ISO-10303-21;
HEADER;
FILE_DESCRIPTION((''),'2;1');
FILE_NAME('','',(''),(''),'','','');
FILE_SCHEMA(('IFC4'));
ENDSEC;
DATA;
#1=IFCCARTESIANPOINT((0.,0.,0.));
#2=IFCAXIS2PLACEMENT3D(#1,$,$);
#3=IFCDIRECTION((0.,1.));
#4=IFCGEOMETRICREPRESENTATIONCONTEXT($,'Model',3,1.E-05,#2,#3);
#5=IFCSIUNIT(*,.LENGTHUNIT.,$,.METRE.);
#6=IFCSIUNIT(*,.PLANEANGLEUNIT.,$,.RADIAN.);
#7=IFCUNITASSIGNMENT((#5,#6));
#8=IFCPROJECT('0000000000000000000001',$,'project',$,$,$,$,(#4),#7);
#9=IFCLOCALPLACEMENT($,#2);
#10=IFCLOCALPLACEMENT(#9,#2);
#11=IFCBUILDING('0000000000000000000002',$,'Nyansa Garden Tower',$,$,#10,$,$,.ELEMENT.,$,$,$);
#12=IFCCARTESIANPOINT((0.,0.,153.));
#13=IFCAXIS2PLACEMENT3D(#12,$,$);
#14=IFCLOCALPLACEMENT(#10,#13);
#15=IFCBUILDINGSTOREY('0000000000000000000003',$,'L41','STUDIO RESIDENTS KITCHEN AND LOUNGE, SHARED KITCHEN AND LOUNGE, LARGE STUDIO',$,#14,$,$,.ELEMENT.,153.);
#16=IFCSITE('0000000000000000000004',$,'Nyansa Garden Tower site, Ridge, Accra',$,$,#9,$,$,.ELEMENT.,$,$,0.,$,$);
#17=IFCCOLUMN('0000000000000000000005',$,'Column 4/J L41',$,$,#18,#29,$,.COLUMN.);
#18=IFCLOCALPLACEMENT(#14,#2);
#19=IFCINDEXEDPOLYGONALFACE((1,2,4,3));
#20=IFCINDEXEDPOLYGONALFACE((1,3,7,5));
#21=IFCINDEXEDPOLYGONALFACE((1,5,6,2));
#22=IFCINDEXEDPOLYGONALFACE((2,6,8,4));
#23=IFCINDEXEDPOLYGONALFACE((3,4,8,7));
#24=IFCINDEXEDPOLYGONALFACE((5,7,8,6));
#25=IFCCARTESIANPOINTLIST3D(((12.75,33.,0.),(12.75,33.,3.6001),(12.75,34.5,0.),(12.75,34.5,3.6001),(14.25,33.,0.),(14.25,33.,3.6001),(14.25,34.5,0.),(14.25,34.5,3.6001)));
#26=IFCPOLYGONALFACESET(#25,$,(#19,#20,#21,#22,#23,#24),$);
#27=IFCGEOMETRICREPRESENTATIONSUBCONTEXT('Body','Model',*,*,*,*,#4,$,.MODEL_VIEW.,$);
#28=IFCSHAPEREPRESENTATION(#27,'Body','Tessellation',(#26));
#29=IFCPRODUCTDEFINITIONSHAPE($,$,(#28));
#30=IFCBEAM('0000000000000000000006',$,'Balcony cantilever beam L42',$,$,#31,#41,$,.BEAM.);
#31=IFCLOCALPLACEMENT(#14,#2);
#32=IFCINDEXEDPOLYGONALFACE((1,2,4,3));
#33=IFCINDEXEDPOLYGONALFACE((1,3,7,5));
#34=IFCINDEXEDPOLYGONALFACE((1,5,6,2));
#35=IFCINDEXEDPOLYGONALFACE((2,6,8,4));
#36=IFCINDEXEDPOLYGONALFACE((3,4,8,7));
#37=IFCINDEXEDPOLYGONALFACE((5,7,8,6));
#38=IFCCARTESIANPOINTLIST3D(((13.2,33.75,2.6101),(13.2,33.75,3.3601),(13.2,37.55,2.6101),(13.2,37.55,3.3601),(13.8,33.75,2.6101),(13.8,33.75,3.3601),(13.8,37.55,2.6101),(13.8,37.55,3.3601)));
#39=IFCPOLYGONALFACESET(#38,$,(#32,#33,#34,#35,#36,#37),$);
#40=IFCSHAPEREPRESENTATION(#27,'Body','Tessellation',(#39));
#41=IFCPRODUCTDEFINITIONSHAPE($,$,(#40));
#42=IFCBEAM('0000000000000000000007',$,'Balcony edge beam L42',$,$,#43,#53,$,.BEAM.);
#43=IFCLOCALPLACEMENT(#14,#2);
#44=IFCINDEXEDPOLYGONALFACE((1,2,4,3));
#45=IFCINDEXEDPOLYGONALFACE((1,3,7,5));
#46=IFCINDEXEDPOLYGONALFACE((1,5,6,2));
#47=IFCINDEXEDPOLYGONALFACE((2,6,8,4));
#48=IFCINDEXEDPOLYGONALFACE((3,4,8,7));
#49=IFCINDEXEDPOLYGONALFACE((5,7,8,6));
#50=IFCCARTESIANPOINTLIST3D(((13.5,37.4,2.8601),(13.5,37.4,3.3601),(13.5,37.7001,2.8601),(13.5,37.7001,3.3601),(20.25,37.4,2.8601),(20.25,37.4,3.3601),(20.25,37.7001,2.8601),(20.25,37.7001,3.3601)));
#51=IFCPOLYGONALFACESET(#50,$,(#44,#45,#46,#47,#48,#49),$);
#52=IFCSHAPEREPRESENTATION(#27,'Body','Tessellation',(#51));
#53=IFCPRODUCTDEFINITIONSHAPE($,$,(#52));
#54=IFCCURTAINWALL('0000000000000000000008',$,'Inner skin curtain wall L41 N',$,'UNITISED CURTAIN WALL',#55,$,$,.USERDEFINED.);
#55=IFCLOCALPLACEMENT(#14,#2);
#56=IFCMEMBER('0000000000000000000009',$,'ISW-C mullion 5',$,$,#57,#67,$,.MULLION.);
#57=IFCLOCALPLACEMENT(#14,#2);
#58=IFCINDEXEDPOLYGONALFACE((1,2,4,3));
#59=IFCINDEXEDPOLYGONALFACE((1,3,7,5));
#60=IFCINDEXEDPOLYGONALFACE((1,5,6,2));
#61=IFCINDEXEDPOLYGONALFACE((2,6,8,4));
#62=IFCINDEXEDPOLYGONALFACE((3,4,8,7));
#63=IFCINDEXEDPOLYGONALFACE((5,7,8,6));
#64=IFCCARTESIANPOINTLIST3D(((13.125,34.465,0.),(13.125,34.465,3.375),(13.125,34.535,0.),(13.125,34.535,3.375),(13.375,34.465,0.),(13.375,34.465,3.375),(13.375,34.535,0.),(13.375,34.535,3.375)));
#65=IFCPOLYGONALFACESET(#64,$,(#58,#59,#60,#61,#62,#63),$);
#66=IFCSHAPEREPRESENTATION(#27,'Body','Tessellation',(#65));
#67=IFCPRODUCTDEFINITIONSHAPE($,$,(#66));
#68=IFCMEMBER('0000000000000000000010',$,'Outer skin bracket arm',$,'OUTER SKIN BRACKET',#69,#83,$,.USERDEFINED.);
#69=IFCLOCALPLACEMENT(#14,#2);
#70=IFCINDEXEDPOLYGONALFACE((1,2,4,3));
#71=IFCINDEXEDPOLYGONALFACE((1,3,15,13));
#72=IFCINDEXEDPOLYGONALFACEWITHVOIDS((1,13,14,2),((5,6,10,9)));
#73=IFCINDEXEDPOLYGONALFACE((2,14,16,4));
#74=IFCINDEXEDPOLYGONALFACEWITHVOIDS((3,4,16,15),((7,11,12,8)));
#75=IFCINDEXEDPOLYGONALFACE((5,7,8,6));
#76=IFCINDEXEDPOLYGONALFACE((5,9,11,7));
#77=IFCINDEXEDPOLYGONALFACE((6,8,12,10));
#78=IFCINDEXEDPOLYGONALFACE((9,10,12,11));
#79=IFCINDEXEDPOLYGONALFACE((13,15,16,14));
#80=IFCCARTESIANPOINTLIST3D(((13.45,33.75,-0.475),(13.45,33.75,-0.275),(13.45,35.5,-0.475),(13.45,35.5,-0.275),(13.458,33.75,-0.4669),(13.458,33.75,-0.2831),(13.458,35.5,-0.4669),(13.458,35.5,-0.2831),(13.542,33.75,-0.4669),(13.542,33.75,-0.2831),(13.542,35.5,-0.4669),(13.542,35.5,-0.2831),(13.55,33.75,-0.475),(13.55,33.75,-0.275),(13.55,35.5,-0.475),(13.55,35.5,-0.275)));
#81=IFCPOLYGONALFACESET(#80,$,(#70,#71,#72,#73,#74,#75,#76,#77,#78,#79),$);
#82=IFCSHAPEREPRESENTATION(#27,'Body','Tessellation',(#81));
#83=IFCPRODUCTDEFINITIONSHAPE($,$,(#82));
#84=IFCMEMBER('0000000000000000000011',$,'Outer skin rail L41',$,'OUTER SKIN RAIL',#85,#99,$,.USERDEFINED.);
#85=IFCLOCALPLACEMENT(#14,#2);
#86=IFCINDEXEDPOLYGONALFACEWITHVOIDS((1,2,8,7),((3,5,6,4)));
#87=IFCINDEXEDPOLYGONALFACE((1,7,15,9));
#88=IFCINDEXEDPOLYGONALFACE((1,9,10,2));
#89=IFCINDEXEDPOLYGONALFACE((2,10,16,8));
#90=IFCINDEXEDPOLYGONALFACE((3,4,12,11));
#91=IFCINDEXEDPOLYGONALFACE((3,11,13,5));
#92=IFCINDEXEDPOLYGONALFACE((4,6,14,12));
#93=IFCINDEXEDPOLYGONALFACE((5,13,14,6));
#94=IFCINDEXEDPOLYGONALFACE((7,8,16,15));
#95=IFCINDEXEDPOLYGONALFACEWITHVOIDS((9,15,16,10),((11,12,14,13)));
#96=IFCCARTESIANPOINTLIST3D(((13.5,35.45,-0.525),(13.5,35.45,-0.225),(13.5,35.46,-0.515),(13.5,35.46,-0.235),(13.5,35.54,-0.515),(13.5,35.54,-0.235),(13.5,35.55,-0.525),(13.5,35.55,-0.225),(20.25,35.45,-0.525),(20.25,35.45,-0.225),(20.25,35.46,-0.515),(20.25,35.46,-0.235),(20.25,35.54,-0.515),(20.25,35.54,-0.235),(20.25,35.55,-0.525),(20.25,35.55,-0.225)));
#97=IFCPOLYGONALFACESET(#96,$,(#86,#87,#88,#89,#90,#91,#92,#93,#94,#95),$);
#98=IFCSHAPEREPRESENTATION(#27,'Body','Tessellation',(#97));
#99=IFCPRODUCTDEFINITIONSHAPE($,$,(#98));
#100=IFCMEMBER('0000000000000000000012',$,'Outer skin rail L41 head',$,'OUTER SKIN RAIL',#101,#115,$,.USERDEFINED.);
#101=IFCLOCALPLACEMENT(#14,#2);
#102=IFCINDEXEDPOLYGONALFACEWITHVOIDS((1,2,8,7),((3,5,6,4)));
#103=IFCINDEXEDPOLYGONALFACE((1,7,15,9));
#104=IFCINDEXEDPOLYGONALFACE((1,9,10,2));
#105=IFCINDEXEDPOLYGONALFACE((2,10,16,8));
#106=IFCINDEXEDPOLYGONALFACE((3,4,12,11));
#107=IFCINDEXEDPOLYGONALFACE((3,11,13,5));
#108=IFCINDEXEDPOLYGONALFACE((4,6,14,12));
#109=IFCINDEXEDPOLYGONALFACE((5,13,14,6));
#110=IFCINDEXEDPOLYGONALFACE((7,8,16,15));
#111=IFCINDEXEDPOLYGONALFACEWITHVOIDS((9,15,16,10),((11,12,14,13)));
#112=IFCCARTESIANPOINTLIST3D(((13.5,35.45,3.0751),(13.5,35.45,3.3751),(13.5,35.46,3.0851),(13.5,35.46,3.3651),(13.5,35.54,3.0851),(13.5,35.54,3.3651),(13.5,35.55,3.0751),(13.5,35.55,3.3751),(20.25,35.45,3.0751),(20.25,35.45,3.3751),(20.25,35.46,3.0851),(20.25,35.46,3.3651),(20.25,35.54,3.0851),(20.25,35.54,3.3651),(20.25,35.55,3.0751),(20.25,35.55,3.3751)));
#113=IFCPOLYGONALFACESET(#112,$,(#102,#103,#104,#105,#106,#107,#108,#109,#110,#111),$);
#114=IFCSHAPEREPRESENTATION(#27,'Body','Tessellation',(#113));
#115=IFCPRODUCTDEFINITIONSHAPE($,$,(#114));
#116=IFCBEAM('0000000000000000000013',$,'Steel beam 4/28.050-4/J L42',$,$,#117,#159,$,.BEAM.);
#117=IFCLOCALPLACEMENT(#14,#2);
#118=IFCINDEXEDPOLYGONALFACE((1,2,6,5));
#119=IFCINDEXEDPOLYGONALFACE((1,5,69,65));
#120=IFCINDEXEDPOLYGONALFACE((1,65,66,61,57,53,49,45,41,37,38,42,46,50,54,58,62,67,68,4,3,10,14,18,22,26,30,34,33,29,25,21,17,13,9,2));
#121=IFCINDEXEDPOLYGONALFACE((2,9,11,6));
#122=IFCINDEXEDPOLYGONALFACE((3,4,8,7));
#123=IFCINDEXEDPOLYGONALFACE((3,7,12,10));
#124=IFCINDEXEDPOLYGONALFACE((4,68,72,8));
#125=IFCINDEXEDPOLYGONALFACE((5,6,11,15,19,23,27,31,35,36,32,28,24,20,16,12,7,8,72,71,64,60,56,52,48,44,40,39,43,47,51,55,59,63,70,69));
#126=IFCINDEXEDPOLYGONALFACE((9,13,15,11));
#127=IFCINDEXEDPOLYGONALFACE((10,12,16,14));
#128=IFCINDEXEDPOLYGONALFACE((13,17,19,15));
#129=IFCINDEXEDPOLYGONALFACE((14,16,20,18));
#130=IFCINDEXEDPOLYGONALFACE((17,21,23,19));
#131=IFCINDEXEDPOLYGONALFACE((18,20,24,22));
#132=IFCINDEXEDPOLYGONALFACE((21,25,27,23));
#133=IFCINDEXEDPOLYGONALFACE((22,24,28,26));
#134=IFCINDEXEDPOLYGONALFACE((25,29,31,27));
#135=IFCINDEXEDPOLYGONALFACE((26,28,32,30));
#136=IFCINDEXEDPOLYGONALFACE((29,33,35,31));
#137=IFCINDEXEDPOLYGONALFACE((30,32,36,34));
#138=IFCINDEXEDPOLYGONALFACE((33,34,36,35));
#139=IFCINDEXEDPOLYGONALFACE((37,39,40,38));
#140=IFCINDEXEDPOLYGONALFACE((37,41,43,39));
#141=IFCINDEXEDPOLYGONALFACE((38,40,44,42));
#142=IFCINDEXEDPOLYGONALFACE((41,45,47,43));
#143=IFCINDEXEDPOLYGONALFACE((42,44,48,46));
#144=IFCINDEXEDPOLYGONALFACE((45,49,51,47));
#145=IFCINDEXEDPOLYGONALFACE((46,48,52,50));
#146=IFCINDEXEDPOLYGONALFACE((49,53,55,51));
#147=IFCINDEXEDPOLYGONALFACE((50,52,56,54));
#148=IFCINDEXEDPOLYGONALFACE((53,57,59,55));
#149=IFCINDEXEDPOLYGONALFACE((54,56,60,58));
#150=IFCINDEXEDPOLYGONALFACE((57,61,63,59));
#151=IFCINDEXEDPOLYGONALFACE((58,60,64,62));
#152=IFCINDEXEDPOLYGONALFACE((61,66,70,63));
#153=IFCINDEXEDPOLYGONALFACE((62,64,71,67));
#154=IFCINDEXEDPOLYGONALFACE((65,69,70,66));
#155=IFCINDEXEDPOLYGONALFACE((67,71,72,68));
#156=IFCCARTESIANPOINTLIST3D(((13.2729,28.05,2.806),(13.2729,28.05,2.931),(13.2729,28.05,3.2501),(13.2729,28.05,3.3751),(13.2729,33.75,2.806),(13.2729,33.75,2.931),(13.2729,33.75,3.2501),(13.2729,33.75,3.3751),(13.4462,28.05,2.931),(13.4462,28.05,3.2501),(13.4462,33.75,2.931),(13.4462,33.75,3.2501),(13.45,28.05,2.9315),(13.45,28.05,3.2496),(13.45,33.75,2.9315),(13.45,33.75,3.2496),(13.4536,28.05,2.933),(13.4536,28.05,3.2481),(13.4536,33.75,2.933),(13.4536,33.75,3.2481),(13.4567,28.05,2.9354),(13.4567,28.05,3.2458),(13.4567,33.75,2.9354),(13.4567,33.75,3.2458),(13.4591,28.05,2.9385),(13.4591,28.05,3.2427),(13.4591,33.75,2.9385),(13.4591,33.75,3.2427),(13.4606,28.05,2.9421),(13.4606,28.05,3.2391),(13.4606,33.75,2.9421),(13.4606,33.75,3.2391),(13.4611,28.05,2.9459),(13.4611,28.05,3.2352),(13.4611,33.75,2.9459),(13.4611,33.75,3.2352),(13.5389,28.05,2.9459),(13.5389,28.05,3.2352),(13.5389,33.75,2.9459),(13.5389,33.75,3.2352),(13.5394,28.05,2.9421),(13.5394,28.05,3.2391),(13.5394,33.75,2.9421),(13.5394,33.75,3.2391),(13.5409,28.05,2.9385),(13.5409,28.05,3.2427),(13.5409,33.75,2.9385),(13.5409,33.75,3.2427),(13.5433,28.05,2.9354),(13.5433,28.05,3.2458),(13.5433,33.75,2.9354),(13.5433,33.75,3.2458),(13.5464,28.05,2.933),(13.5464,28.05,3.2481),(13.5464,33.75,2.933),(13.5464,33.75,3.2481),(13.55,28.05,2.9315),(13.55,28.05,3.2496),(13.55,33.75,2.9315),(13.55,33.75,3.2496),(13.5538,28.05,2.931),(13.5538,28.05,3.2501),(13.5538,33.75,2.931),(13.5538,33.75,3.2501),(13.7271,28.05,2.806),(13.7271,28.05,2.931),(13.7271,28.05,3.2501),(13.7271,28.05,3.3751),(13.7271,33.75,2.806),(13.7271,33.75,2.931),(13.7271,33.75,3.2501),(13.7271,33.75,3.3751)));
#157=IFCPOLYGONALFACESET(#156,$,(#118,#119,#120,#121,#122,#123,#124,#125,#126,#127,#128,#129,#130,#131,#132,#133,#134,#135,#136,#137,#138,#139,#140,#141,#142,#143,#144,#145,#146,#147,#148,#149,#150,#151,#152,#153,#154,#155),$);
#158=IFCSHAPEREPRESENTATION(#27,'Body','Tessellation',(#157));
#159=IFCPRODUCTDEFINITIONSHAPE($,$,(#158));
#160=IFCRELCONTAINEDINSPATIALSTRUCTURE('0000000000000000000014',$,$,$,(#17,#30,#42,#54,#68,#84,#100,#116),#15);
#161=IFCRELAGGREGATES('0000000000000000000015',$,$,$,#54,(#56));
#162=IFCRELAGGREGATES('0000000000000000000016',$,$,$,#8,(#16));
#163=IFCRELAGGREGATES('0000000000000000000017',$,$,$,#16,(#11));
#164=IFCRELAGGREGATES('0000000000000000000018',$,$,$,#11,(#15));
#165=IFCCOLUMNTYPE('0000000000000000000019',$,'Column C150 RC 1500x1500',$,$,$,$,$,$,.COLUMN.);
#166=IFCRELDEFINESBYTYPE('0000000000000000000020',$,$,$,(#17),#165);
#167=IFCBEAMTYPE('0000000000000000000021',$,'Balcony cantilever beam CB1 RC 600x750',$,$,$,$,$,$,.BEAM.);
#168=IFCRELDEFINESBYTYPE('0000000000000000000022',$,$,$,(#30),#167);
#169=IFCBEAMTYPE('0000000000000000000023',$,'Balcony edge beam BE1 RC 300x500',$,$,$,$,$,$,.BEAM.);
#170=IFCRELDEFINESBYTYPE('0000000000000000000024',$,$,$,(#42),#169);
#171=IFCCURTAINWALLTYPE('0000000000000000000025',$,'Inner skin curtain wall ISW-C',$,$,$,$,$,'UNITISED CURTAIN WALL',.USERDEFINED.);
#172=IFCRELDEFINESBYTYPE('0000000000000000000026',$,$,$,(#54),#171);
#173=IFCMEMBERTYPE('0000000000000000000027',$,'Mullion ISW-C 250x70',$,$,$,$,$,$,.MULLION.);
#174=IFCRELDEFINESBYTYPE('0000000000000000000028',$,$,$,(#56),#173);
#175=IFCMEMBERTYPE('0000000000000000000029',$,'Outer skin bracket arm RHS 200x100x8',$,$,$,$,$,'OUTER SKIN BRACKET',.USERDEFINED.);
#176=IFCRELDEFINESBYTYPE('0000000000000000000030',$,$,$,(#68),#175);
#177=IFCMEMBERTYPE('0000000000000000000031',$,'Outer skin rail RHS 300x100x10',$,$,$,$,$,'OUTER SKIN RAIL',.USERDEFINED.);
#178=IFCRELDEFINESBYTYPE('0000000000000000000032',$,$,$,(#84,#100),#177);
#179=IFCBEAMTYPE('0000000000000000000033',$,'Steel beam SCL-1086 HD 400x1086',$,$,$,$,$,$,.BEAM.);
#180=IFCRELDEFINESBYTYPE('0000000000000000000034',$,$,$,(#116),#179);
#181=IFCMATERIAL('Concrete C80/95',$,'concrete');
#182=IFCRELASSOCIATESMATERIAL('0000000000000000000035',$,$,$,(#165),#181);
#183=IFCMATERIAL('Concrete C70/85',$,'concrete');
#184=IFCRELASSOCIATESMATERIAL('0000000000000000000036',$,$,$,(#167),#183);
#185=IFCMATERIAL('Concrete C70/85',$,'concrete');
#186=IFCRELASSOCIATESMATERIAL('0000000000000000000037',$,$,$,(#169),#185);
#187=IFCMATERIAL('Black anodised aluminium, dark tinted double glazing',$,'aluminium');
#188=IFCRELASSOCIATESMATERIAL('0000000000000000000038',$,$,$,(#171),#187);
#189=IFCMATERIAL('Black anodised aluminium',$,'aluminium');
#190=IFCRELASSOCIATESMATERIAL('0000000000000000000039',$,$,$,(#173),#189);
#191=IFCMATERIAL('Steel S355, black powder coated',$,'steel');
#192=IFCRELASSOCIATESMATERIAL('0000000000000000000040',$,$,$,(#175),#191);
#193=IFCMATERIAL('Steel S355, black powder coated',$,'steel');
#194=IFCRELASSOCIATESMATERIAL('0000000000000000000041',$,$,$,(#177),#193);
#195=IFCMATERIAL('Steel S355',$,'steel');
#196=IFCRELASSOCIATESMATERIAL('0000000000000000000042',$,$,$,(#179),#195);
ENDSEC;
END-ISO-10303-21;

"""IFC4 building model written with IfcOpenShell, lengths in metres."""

from ifc_helpers import new_model, si_unit, direction, frame, origin, origin_2d, place, context, subcontext, project, spatial, rectangle, hollow_rectangle, i_section, extrude, material, material_profile, profile_set, type_object, element, aggregate, save


model = new_model("IFC4")

# Units and contexts
model_context = context("Model", 3, precision=1e-05, world=origin(), true_north=direction((0.0, 1.0)))
body_context = subcontext(model_context, "Body", "Model", "MODEL_VIEW")
ifc_project = project(units=[si_unit("LENGTHUNIT", "METRE"), si_unit("PLANEANGLEUNIT", "RADIAN")], contexts=[model_context])

# Site, building, storey
site_placement = place(None, origin())
site = spatial("IfcSite", under=ifc_project, at=site_placement, Name="Nyansa Garden Tower site, Ridge, Accra", CompositionType="ELEMENT", RefElevation=0.0)
building_placement = place(site_placement, origin())
building = spatial("IfcBuilding", under=site, at=building_placement, Name="Nyansa Garden Tower", CompositionType="ELEMENT")
storey_placement = place(building_placement, frame((0.0, 0.0, 153.0)))
storey = spatial("IfcBuildingStorey", under=building, at=storey_placement, Name="L41", Description="STUDIO RESIDENTS KITCHEN AND LOUNGE, SHARED KITCHEN AND LOUNGE, LARGE STUDIO", CompositionType="ELEMENT", Elevation=153.0)

# Column
ifc_material_1 = material(Name="Concrete C80/95", Category="concrete")
ifc_material_profile_1 = material_profile(ifc_material_1, rectangle(XDim=1.5, YDim=1.5, at=origin_2d()), Name="RC 1500x1500")
ifc_profile_set_1 = profile_set([ifc_material_profile_1], Name="Concrete C80/95")
column_type = type_object("IfcColumnType", Name="Column C150 RC 1500x1500", PredefinedType="COLUMN", material=ifc_profile_set_1)
column_placement = place(storey_placement, frame((13.5, 33.75, 0.0), z_axis=(0.0, 0.0, 1.0), x_axis=(1.0, 0.0, 0.0)))
element("IfcColumn", 1, at=column_placement, inside=storey, type_object=column_type, Name="Column 4/J L41", PredefinedType="COLUMN", context=body_context, shape_type="SweptSolid", body=[
    extrude(rectangle(XDim=1.5, YDim=1.5, at=origin_2d()), origin(), (0.0, 0.0, 1.0), 3.6001),
])

# Beams
ifc_material_2 = material(Name="Concrete C70/85", Category="concrete")
ifc_material_profile_2 = material_profile(ifc_material_2, rectangle(XDim=0.6001, YDim=0.75, at=origin_2d()), Name="RC 600x750")
ifc_profile_set_2 = profile_set([ifc_material_profile_2], Name="Concrete C70/85")
beam_type_1 = type_object("IfcBeamType", Name="Balcony cantilever beam CB1 RC 600x750", PredefinedType="BEAM", material=ifc_profile_set_2)
beam_1_placement = place(storey_placement, frame((13.5, 33.75, 2.9851), z_axis=(0.0, 1.0, 0.0), x_axis=(-1.0, 0.0, 0.0)))
element("IfcBeam", 2, at=beam_1_placement, inside=storey, type_object=beam_type_1, Name="Balcony cantilever beam L42", PredefinedType="BEAM", context=body_context, shape_type="SweptSolid", body=[
    extrude(rectangle(XDim=0.6001, YDim=0.75, at=origin_2d()), origin(), (0.0, 0.0, 1.0), 3.8),
])
ifc_material_3 = material(Name="Concrete C70/85", Category="concrete")
ifc_material_profile_3 = material_profile(ifc_material_3, rectangle(XDim=0.3, YDim=0.5, at=origin_2d()), Name="RC 300x500")
ifc_profile_set_3 = profile_set([ifc_material_profile_3], Name="Concrete C70/85")
beam_type_2 = type_object("IfcBeamType", Name="Balcony edge beam BE1 RC 300x500", PredefinedType="BEAM", material=ifc_profile_set_3)
beam_2_placement = place(storey_placement, frame((13.5, 37.55, 3.1101), z_axis=(1.0, 0.0, 0.0), x_axis=(0.0, 1.0, 0.0)))
element("IfcBeam", 3, at=beam_2_placement, inside=storey, type_object=beam_type_2, Name="Balcony edge beam L42", PredefinedType="BEAM", context=body_context, shape_type="SweptSolid", body=[
    extrude(rectangle(XDim=0.3, YDim=0.5, at=origin_2d()), origin(), (0.0, 0.0, 1.0), 6.75),
])

# Curtain wall, member
ifc_material_4 = material(Name="Black anodised aluminium, dark tinted double glazing", Category="aluminium")
curtain_wall_type = type_object("IfcCurtainWallType", Name="Inner skin curtain wall ISW-C", ElementType="UNITISED CURTAIN WALL", PredefinedType="USERDEFINED", material=ifc_material_4)
curtain_wall_placement = place(storey_placement, origin())
curtain_wall = element("IfcCurtainWall", 4, at=curtain_wall_placement, inside=storey, type_object=curtain_wall_type, Name="Inner skin curtain wall L41 N", ObjectType="UNITISED CURTAIN WALL", PredefinedType="USERDEFINED")
ifc_material_5 = material(Name="Black anodised aluminium", Category="aluminium")
ifc_material_profile_4 = material_profile(ifc_material_5, rectangle(XDim=0.0701, YDim=0.25, at=origin_2d()), Name="Mullion 250x70")
ifc_profile_set_4 = profile_set([ifc_material_profile_4], Name="Black anodised aluminium")
member_type_1 = type_object("IfcMemberType", Name="Mullion ISW-C 250x70", PredefinedType="MULLION", material=ifc_profile_set_4)
member_1_placement = place(storey_placement, frame((13.25, 34.5, 0.0), z_axis=(0.0, 0.0, 1.0), x_axis=(0.0, -1.0, 0.0)))
member_1 = element("IfcMember", 5, at=member_1_placement, type_object=member_type_1, Name="ISW-C mullion 5", PredefinedType="MULLION", context=body_context, shape_type="SweptSolid", body=[
    extrude(rectangle(XDim=0.0701, YDim=0.25, at=origin_2d()), origin(), (0.0, 0.0, 1.0), 3.375),
])

# Members
ifc_material_6 = material(Name="Steel S355, black powder coated", Category="steel")
ifc_material_profile_5 = material_profile(ifc_material_6, hollow_rectangle(XDim=0.1001, YDim=0.2, WallThickness=0.0081, at=origin_2d()), Name="RHS 200x100x8")
ifc_profile_set_5 = profile_set([ifc_material_profile_5], Name="Steel S355, black powder coated")
member_type_2 = type_object("IfcMemberType", Name="Outer skin bracket arm RHS 200x100x8", ElementType="OUTER SKIN BRACKET", PredefinedType="USERDEFINED", material=ifc_profile_set_5)
member_2_placement = place(storey_placement, frame((13.5, 33.75, -0.375), z_axis=(0.0, 1.0, 0.0), x_axis=(-1.0, 0.0, 0.0)))
element("IfcMember", 6, at=member_2_placement, inside=storey, type_object=member_type_2, Name="Outer skin bracket arm", ObjectType="OUTER SKIN BRACKET", PredefinedType="USERDEFINED", context=body_context, shape_type="SweptSolid", body=[
    extrude(hollow_rectangle(XDim=0.1001, YDim=0.2, WallThickness=0.0081, at=origin_2d()), origin(), (0.0, 0.0, 1.0), 1.75),
])
ifc_material_7 = material(Name="Steel S355, black powder coated", Category="steel")
ifc_material_profile_6 = material_profile(ifc_material_7, hollow_rectangle(XDim=0.1001, YDim=0.3, WallThickness=0.01, at=origin_2d()), Name="RHS 300x100x10")
ifc_profile_set_6 = profile_set([ifc_material_profile_6], Name="Steel S355, black powder coated")
member_type_3 = type_object("IfcMemberType", Name="Outer skin rail RHS 300x100x10", ElementType="OUTER SKIN RAIL", PredefinedType="USERDEFINED", material=ifc_profile_set_6)
for number, where, z_axis, x_axis, name in (
    (7, (13.5, 35.5, -0.375), (1.0, 0.0, 0.0), (0.0, 1.0, 0.0), "Outer skin rail L41"),
    (8, (13.5, 35.5, 3.2251), (1.0, 0.0, 0.0), (0.0, 1.0, 0.0), "Outer skin rail L41 head"),
):
    element("IfcMember", number, at=place(storey_placement, frame(where, z_axis=z_axis, x_axis=x_axis)), inside=storey, type_object=member_type_3, Name=name, ObjectType="OUTER SKIN RAIL", PredefinedType="USERDEFINED", context=body_context, shape_type="SweptSolid", body=[
        extrude(hollow_rectangle(XDim=0.1001, YDim=0.3, WallThickness=0.01, at=origin_2d()), origin(), (0.0, 0.0, 1.0), 6.75),
    ])

# Beam
ifc_material_8 = material(Name="Steel S355", Category="steel")
ifc_material_profile_7 = material_profile(ifc_material_8, i_section(OverallWidth=0.4541, OverallDepth=0.5691, WebThickness=0.0779, FlangeThickness=0.125, FilletRadius=0.0149, at=origin_2d()), Name="HD 400x1086")
ifc_profile_set_7 = profile_set([ifc_material_profile_7], Name="Steel S355")
beam_type_3 = type_object("IfcBeamType", Name="Steel beam SCL-1086 HD 400x1086", PredefinedType="BEAM", material=ifc_profile_set_7)
beam_3_placement = place(storey_placement, frame((13.5, 28.05, 3.0906), z_axis=(0.0, 1.0, 0.0), x_axis=(-1.0, 0.0, 0.0)))
element("IfcBeam", 9, at=beam_3_placement, inside=storey, type_object=beam_type_3, Name="Steel beam 4/28.050-4/J L42", PredefinedType="BEAM", context=body_context, shape_type="SweptSolid", body=[
    extrude(i_section(OverallWidth=0.4541, OverallDepth=0.5691, WebThickness=0.0779, FlangeThickness=0.125, FilletRadius=0.0149, at=origin_2d()), origin(), (0.0, 0.0, 1.0), 5.7),
])

aggregate(curtain_wall, [member_1])

save(model, "model.ifc")
